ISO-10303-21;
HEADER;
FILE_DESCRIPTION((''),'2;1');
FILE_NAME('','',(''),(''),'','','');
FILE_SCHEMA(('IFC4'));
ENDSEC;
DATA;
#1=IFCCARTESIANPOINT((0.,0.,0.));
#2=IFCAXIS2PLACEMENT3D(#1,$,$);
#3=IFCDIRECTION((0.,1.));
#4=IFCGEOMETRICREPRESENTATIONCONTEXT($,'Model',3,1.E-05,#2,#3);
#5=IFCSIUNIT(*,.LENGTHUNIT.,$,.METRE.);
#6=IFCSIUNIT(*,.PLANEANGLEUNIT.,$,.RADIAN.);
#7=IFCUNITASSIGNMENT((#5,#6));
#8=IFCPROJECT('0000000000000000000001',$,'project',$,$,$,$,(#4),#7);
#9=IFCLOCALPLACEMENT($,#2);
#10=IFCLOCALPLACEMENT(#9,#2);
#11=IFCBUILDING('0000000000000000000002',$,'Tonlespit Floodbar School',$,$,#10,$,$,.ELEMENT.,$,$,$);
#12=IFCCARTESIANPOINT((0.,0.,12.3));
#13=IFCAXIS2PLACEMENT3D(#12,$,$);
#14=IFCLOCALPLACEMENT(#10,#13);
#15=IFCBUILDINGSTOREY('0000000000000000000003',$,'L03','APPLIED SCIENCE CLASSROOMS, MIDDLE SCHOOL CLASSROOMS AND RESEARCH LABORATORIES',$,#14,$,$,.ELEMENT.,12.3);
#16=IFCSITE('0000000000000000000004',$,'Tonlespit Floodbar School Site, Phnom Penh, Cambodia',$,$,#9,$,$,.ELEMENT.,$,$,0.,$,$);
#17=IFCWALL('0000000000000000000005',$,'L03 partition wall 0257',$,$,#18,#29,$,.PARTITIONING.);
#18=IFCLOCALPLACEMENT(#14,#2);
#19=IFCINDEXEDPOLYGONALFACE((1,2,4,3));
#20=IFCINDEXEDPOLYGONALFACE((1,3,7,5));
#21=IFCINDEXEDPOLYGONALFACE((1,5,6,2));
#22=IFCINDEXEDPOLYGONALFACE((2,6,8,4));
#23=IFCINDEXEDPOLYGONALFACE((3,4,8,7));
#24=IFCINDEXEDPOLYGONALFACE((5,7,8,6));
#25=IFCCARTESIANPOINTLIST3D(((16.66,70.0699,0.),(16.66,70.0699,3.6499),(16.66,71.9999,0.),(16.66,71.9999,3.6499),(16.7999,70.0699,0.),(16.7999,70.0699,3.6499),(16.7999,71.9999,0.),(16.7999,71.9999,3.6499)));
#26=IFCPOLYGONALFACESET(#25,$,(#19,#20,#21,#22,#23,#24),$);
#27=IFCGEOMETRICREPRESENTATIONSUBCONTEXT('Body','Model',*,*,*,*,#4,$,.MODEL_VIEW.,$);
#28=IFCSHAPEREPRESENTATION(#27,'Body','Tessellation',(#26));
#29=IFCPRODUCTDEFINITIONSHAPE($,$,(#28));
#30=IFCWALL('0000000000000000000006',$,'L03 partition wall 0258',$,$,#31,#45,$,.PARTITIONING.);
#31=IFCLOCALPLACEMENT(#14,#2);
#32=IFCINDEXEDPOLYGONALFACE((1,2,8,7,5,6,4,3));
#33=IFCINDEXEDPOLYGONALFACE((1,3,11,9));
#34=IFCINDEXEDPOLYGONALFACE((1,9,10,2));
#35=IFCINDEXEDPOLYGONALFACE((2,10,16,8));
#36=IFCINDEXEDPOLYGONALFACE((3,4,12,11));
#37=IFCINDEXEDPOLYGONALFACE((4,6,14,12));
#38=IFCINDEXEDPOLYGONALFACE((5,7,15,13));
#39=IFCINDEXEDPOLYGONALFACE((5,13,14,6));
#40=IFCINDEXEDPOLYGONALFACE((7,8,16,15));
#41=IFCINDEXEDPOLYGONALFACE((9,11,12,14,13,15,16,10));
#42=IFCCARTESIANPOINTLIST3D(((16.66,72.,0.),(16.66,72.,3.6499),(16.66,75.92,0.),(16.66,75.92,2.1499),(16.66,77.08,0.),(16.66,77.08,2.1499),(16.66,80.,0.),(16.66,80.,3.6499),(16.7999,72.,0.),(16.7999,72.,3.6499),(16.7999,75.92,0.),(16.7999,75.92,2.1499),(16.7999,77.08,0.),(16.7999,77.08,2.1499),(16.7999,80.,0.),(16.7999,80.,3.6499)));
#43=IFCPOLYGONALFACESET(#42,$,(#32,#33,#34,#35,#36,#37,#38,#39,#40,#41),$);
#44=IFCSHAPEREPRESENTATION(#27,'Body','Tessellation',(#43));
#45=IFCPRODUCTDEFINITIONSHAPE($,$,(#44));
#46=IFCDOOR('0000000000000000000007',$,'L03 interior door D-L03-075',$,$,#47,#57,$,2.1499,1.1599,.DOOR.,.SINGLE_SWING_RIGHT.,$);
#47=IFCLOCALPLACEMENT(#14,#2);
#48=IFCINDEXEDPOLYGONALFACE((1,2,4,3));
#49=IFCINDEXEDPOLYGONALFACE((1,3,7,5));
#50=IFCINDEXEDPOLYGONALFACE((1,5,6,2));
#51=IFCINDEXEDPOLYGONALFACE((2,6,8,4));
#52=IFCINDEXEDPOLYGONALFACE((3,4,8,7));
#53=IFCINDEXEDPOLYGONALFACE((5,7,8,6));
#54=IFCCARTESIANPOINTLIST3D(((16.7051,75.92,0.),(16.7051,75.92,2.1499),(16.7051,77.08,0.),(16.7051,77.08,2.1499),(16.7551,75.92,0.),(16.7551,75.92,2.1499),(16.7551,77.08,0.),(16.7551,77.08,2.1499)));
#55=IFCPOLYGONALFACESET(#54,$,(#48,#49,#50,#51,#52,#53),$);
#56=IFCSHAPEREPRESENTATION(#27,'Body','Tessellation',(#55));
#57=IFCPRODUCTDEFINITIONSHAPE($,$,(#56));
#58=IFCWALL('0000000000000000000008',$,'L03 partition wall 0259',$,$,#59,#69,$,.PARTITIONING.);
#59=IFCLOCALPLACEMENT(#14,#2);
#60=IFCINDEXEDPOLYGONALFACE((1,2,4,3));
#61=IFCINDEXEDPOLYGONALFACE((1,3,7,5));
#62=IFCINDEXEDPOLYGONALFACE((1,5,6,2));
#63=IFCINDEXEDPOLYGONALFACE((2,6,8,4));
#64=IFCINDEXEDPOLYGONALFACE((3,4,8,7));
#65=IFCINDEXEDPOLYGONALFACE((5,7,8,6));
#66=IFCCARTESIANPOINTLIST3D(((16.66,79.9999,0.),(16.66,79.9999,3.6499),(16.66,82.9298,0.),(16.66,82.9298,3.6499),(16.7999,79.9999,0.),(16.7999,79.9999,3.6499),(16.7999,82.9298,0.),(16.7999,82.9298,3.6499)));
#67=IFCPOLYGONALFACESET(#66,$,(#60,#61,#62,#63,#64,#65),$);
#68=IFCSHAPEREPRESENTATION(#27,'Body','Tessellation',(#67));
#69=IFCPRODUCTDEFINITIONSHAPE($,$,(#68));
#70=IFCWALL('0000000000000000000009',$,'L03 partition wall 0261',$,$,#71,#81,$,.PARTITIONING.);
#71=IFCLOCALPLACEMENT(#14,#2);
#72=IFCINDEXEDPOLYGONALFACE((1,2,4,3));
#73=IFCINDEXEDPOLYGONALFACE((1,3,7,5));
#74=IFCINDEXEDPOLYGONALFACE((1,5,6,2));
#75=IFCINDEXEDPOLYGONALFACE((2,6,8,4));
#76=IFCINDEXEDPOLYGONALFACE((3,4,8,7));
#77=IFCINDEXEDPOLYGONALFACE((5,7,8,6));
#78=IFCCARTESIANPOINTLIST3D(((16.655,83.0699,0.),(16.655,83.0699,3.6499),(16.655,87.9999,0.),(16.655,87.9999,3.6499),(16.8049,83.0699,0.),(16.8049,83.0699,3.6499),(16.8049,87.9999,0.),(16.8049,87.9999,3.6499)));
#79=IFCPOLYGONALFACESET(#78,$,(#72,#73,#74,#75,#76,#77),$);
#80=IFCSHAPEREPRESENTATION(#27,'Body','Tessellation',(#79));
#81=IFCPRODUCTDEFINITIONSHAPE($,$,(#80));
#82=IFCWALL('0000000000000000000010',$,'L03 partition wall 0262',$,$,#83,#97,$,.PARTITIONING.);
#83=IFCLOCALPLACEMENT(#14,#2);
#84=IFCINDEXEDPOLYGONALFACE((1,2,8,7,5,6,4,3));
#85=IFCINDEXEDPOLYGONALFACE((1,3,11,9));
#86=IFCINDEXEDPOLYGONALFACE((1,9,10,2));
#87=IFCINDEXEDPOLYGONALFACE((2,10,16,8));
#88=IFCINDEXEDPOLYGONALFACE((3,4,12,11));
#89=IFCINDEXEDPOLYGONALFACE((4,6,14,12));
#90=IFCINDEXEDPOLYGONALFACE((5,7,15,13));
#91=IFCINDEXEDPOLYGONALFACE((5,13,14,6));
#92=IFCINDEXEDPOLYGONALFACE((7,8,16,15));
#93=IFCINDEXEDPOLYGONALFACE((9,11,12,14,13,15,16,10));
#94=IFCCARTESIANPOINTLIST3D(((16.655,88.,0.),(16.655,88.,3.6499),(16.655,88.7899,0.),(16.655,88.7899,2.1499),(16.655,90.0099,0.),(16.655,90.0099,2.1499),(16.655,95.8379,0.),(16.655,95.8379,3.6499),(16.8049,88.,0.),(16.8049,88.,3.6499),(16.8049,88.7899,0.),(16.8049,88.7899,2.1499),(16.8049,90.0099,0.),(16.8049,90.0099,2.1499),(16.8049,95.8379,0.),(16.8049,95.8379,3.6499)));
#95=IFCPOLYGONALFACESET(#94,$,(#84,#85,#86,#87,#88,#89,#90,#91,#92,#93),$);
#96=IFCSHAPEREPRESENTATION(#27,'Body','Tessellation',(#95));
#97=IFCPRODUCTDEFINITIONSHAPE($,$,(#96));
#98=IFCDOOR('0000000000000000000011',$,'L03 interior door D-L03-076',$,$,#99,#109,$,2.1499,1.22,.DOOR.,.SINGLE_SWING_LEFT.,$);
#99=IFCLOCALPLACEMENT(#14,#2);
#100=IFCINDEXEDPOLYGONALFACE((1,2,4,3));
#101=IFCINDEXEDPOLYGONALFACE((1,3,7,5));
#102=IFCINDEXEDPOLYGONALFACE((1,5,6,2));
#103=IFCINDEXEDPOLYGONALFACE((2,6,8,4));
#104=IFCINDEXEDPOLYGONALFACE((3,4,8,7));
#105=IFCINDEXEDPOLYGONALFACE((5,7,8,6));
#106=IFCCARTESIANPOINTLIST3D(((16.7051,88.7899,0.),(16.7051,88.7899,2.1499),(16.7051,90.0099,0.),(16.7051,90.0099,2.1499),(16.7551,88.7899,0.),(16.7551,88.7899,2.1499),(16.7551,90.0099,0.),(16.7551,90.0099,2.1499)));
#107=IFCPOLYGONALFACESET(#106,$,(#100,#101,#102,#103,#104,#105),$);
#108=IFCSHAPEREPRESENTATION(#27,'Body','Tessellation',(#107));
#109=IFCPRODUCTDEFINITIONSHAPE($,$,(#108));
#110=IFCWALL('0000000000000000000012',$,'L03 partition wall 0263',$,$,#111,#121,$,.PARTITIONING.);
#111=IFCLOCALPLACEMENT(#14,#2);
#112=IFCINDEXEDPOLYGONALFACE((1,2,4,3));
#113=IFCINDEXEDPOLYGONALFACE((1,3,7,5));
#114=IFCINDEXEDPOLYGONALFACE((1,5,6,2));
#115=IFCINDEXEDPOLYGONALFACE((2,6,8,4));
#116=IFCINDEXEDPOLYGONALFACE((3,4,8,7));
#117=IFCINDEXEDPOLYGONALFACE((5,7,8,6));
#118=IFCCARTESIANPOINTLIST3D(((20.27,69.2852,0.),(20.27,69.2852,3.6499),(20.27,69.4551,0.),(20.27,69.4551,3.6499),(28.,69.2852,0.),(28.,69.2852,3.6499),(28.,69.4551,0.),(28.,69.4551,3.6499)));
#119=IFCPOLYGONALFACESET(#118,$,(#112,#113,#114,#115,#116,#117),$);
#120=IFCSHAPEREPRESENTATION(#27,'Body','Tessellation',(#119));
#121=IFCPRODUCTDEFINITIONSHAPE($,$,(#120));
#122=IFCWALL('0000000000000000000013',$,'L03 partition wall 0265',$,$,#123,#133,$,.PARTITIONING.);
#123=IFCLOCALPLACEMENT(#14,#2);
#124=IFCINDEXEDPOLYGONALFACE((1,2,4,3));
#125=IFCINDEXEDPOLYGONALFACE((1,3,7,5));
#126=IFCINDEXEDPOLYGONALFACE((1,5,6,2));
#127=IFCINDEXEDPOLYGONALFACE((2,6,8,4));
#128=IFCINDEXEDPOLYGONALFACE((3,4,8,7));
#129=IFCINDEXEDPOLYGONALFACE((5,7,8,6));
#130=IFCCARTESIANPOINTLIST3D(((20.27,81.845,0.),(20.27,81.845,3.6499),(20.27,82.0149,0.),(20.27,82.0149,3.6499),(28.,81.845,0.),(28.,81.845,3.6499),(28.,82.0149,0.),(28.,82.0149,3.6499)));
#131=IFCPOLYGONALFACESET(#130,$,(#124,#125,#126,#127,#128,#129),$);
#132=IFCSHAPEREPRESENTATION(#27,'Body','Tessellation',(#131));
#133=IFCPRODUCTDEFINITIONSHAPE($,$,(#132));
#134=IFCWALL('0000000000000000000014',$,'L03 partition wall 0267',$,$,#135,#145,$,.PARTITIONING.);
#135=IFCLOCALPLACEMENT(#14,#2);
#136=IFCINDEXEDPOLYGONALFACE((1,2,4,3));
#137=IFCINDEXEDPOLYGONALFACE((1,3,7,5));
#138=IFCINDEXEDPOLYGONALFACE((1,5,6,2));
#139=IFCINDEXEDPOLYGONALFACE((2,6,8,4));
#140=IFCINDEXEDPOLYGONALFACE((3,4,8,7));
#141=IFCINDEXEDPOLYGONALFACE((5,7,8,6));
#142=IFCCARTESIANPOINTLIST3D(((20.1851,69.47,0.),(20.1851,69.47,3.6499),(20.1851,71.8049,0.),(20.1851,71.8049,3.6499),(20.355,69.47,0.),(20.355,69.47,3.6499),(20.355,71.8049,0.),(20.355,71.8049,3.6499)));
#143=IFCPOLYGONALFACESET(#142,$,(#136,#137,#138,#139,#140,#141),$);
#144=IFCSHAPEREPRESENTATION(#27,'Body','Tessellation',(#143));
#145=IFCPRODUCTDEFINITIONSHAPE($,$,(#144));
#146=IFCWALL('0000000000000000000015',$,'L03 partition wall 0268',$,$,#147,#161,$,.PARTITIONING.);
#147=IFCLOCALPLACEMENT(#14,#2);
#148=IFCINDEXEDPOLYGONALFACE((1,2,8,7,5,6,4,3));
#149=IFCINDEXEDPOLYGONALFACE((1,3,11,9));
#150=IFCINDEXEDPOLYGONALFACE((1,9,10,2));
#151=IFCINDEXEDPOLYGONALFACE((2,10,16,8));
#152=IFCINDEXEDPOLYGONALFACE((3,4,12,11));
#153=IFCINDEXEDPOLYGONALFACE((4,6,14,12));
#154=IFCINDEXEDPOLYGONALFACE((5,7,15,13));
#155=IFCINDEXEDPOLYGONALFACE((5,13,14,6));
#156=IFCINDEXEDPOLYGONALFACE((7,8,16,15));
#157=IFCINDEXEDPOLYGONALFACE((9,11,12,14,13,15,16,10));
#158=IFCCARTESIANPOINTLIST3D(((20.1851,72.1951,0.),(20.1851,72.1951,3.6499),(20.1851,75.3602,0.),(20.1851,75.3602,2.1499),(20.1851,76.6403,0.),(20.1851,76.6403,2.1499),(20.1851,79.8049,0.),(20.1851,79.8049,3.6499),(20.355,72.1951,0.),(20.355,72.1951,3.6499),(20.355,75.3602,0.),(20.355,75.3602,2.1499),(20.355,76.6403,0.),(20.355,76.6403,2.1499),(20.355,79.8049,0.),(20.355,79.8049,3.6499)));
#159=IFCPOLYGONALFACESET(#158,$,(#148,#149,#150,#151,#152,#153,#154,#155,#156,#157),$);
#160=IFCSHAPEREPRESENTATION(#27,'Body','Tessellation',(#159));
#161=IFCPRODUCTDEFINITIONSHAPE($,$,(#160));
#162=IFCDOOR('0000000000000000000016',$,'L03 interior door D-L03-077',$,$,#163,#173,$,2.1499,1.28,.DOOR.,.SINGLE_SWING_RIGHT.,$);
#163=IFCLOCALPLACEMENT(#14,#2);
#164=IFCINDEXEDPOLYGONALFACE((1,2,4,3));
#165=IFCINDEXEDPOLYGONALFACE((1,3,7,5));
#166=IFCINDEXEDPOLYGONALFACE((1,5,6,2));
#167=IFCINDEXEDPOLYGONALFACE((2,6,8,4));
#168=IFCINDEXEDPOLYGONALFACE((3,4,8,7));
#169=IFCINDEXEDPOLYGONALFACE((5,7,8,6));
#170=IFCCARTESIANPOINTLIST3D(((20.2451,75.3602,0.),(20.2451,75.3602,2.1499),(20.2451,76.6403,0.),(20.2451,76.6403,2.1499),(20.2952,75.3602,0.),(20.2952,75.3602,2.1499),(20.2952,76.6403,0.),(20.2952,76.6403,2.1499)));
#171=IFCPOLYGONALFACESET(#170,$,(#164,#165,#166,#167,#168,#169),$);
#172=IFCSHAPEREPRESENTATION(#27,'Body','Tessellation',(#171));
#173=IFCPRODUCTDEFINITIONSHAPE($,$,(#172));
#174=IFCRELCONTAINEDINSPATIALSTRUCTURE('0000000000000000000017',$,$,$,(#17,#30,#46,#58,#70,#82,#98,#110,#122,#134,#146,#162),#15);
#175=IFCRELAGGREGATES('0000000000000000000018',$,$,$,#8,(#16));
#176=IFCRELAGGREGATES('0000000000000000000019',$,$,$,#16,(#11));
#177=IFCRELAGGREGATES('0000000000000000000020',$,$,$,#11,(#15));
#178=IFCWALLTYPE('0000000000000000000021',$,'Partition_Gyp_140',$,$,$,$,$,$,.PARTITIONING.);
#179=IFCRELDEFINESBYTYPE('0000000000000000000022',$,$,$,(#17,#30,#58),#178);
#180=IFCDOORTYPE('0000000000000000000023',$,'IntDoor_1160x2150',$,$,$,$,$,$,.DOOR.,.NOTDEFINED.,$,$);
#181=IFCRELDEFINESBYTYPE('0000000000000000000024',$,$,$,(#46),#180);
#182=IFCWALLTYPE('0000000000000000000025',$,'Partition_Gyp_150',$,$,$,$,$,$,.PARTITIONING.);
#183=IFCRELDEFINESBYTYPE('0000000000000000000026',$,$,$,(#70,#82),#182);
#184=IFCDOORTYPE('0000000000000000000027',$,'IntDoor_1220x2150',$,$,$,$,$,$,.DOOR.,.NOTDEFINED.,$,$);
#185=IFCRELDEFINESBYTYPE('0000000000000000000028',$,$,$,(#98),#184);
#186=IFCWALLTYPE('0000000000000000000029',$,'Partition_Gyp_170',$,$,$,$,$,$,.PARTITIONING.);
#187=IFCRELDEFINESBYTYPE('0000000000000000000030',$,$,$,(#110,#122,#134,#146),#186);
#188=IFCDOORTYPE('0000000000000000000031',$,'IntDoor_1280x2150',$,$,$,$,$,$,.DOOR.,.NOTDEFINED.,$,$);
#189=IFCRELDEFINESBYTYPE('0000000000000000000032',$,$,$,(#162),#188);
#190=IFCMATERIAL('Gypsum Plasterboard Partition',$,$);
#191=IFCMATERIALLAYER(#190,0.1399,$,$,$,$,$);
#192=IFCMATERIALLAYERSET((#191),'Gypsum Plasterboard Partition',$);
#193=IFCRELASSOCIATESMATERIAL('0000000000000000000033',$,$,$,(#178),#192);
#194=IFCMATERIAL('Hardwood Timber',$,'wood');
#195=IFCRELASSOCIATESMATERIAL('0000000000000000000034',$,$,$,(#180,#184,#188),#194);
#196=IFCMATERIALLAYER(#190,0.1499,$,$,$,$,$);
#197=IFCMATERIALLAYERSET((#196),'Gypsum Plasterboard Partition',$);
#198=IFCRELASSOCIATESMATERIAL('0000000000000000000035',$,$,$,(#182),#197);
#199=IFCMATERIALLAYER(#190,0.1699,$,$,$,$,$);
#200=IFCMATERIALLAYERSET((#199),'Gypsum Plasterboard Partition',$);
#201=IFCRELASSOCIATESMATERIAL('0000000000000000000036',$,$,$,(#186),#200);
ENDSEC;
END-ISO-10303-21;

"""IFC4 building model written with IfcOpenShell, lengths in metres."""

from ifc_helpers import new_model, si_unit, direction, frame, frame_2d, origin, place, context, subcontext, project, spatial, rectangle, extrude, material, layer, layer_set, type_object, element, fill, save


model = new_model("IFC4")

# Units and contexts
model_context = context("Model", 3, precision=1e-05, world=origin(), true_north=direction((0.0, 1.0)))
body_context = subcontext(model_context, "Body", "Model", "MODEL_VIEW")
ifc_project = project(units=[si_unit("LENGTHUNIT", "METRE"), si_unit("PLANEANGLEUNIT", "RADIAN")], contexts=[model_context])

# Site, building, storey
site_placement = place(None, origin())
site = spatial("IfcSite", under=ifc_project, at=site_placement, Name="Tonlespit Floodbar School Site, Phnom Penh, Cambodia", CompositionType="ELEMENT", RefElevation=0.0)
building_placement = place(site_placement, origin())
building = spatial("IfcBuilding", under=site, at=building_placement, Name="Tonlespit Floodbar School", CompositionType="ELEMENT")
storey_placement = place(building_placement, frame((0.0, 0.0, 12.3)))
storey = spatial("IfcBuildingStorey", under=building, at=storey_placement, Name="L03", Description="APPLIED SCIENCE CLASSROOMS, MIDDLE SCHOOL CLASSROOMS AND RESEARCH LABORATORIES", CompositionType="ELEMENT", Elevation=12.3)

# Wall
ifc_material_1 = material(Name="Gypsum Plasterboard Partition")
ifc_layer_1 = layer(ifc_material_1, 0.1399)
ifc_layer_set_1 = layer_set([ifc_layer_1], Name="Gypsum Plasterboard Partition")
wall_type_1 = type_object("IfcWallType", Name="Partition_Gyp_140", PredefinedType="PARTITIONING", material=ifc_layer_set_1)
wall_1_placement = place(storey_placement, frame((16.73, 70.0701, 0.0), z_axis=(0.0, 0.0, 1.0), x_axis=(0.0, 1.0, 0.0)))
element("IfcWall", 1, at=wall_1_placement, inside=storey, type_object=wall_type_1, Name="L03 partition wall 0257", PredefinedType="PARTITIONING", context=body_context, shape_type="SweptSolid", body=[
    extrude(rectangle(XDim=1.9299, YDim=0.1399, at=frame_2d((0.9648, 0.0))), origin(), (0.0, 0.0, 1.0), 3.6499),
])

# Wall, opening, door
wall_2_placement = place(storey_placement, frame((16.73, 72.0, 0.0), z_axis=(0.0, 0.0, 1.0), x_axis=(0.0, 1.0, 0.0)))
wall_2 = element("IfcWall", 2, at=wall_2_placement, inside=storey, type_object=wall_type_1, Name="L03 partition wall 0258", PredefinedType="PARTITIONING", context=body_context, shape_type="SweptSolid", body=[
    extrude(rectangle(XDim=8.0, YDim=0.1399, at=frame_2d((4.0, 0.0))), origin(), (0.0, 0.0, 1.0), 3.6499),
])
opening_1_placement = place(wall_2_placement, frame((3.9199, 0.0, 0.0)))
opening_1 = element("IfcOpeningElement", 3, at=opening_1_placement, cuts=wall_2, PredefinedType="OPENING", context=body_context, shape_type="SweptSolid", body=[
    extrude(rectangle(XDim=1.1599, YDim=2.1499, at=frame_2d((0.5801, 1.075))), frame((0.0, 0.0798, 0.0), z_axis=(0.0, -1.0, 0.0), x_axis=(1.0, 0.0, 0.0)), (0.0, 0.0, 1.0), 0.1599),
])
ifc_material_2 = material(Name="Hardwood Timber", Category="wood")
door_type_1 = type_object("IfcDoorType", Name="IntDoor_1160x2150", OperationType="NOTDEFINED", PredefinedType="DOOR", material=ifc_material_2)
door_1_placement = place(opening_1_placement, origin())
door_1 = element("IfcDoor", 4, at=door_1_placement, inside=storey, type_object=door_type_1, Name="L03 interior door D-L03-075", OperationType="SINGLE_SWING_RIGHT", OverallHeight=2.1499, OverallWidth=1.1599, PredefinedType="DOOR", context=body_context, shape_type="SweptSolid", body=[
    extrude(rectangle(XDim=1.1599, YDim=2.1499, at=frame_2d((0.5801, 1.075))), frame((0.0, 0.0249, 0.0), z_axis=(0.0, -1.0, 0.0), x_axis=(1.0, 0.0, 0.0)), (0.0, 0.0, 1.0), 0.05),
])
fill(opening_1, door_1)

# Walls
wall_3_placement = place(storey_placement, frame((16.73, 80.0, 0.0), z_axis=(0.0, 0.0, 1.0), x_axis=(0.0, 1.0, 0.0)))
element("IfcWall", 5, at=wall_3_placement, inside=storey, type_object=wall_type_1, Name="L03 partition wall 0259", PredefinedType="PARTITIONING", context=body_context, shape_type="SweptSolid", body=[
    extrude(rectangle(XDim=2.9299, YDim=0.1399, at=frame_2d((1.4648, 0.0))), origin(), (0.0, 0.0, 1.0), 3.6499),
])
ifc_layer_2 = layer(ifc_material_1, 0.1499)
ifc_layer_set_2 = layer_set([ifc_layer_2], Name="Gypsum Plasterboard Partition")
wall_type_2 = type_object("IfcWallType", Name="Partition_Gyp_150", PredefinedType="PARTITIONING", material=ifc_layer_set_2)
wall_4_placement = place(storey_placement, frame((16.73, 83.0701, 0.0), z_axis=(0.0, 0.0, 1.0), x_axis=(0.0, 1.0, 0.0)))
element("IfcWall", 6, at=wall_4_placement, inside=storey, type_object=wall_type_2, Name="L03 partition wall 0261", PredefinedType="PARTITIONING", context=body_context, shape_type="SweptSolid", body=[
    extrude(rectangle(XDim=4.9299, YDim=0.1499, at=frame_2d((2.4648, 0.0))), origin(), (0.0, 0.0, 1.0), 3.6499),
])

# Wall, opening, door
wall_5_placement = place(storey_placement, frame((16.73, 88.0, 0.0), z_axis=(0.0, 0.0, 1.0), x_axis=(0.0, 1.0, 0.0)))
wall_5 = element("IfcWall", 7, at=wall_5_placement, inside=storey, type_object=wall_type_2, Name="L03 partition wall 0262", PredefinedType="PARTITIONING", context=body_context, shape_type="SweptSolid", body=[
    extrude(rectangle(XDim=7.8379, YDim=0.1499, at=frame_2d((3.9189, 0.0))), origin(), (0.0, 0.0, 1.0), 3.6499),
])
opening_2_placement = place(wall_5_placement, frame((0.79, 0.0, 0.0)))
opening_2 = element("IfcOpeningElement", 8, at=opening_2_placement, cuts=wall_5, PredefinedType="OPENING", context=body_context, shape_type="SweptSolid", body=[
    extrude(rectangle(XDim=1.22, YDim=2.1499, at=frame_2d((0.6099, 1.075))), frame((0.0, 0.085, 0.0), z_axis=(0.0, -1.0, 0.0), x_axis=(1.0, 0.0, 0.0)), (0.0, 0.0, 1.0), 0.1699),
])
door_type_2 = type_object("IfcDoorType", Name="IntDoor_1220x2150", OperationType="NOTDEFINED", PredefinedType="DOOR", material=ifc_material_2)
door_2_placement = place(opening_2_placement, origin())
door_2 = element("IfcDoor", 9, at=door_2_placement, inside=storey, type_object=door_type_2, Name="L03 interior door D-L03-076", OperationType="SINGLE_SWING_LEFT", OverallHeight=2.1499, OverallWidth=1.22, PredefinedType="DOOR", context=body_context, shape_type="SweptSolid", body=[
    extrude(rectangle(XDim=1.22, YDim=2.1499, at=frame_2d((0.6099, 1.075))), frame((0.0, 0.0249, 0.0), z_axis=(0.0, -1.0, 0.0), x_axis=(1.0, 0.0, 0.0)), (0.0, 0.0, 1.0), 0.05),
])
fill(opening_2, door_2)

# Walls
ifc_layer_3 = layer(ifc_material_1, 0.1699)
ifc_layer_set_3 = layer_set([ifc_layer_3], Name="Gypsum Plasterboard Partition")
wall_type_3 = type_object("IfcWallType", Name="Partition_Gyp_170", PredefinedType="PARTITIONING", material=ifc_layer_set_3)
for number, where, z_axis, x_axis, name in (
    (10, (20.27, 69.3701, 0.0), (0.0, 0.0, 1.0), (1.0, 0.0, 0.0), "L03 partition wall 0263"),
    (11, (20.27, 81.9299, 0.0), (0.0, 0.0, 1.0), (1.0, 0.0, 0.0), "L03 partition wall 0265"),
):
    element("IfcWall", number, at=place(storey_placement, frame(where, z_axis=z_axis, x_axis=x_axis)), inside=storey, type_object=wall_type_3, Name=name, PredefinedType="PARTITIONING", context=body_context, shape_type="SweptSolid", body=[
        extrude(rectangle(XDim=7.73, YDim=0.1699, at=frame_2d((3.865, 0.0))), origin(), (0.0, 0.0, 1.0), 3.6499),
    ])
wall_6_placement = place(storey_placement, frame((20.27, 69.47, 0.0), z_axis=(0.0, 0.0, 1.0), x_axis=(0.0, 1.0, 0.0)))
element("IfcWall", 12, at=wall_6_placement, inside=storey, type_object=wall_type_3, Name="L03 partition wall 0267", PredefinedType="PARTITIONING", context=body_context, shape_type="SweptSolid", body=[
    extrude(rectangle(XDim=2.335, YDim=0.1699, at=frame_2d((1.1675, 0.0))), origin(), (0.0, 0.0, 1.0), 3.6499),
])

# Wall, opening, door
wall_7_placement = place(storey_placement, frame((20.27, 72.1951, 0.0), z_axis=(0.0, 0.0, 1.0), x_axis=(0.0, 1.0, 0.0)))
wall_7 = element("IfcWall", 13, at=wall_7_placement, inside=storey, type_object=wall_type_3, Name="L03 partition wall 0268", PredefinedType="PARTITIONING", context=body_context, shape_type="SweptSolid", body=[
    extrude(rectangle(XDim=7.6099, YDim=0.1699, at=frame_2d((3.8049, 0.0))), origin(), (0.0, 0.0, 1.0), 3.6499),
])
opening_3_placement = place(wall_7_placement, frame((3.165, 0.0, 0.0)))
opening_3 = element("IfcOpeningElement", 14, at=opening_3_placement, cuts=wall_7, PredefinedType="OPENING", context=body_context, shape_type="SweptSolid", body=[
    extrude(rectangle(XDim=1.28, YDim=2.1499, at=frame_2d((0.6401, 1.075))), frame((0.0, 0.095, 0.0), z_axis=(0.0, -1.0, 0.0), x_axis=(1.0, 0.0, 0.0)), (0.0, 0.0, 1.0), 0.1899),
])
door_type_3 = type_object("IfcDoorType", Name="IntDoor_1280x2150", OperationType="NOTDEFINED", PredefinedType="DOOR", material=ifc_material_2)
door_3_placement = place(opening_3_placement, origin())
door_3 = element("IfcDoor", 15, at=door_3_placement, inside=storey, type_object=door_type_3, Name="L03 interior door D-L03-077", OperationType="SINGLE_SWING_RIGHT", OverallHeight=2.1499, OverallWidth=1.28, PredefinedType="DOOR", context=body_context, shape_type="SweptSolid", body=[
    extrude(rectangle(XDim=1.28, YDim=2.1499, at=frame_2d((0.6401, 1.075))), frame((0.0, 0.0249, 0.0), z_axis=(0.0, -1.0, 0.0), x_axis=(1.0, 0.0, 0.0)), (0.0, 0.0, 1.0), 0.05),
])
fill(opening_3, door_3)

save(model, "model.ifc")
